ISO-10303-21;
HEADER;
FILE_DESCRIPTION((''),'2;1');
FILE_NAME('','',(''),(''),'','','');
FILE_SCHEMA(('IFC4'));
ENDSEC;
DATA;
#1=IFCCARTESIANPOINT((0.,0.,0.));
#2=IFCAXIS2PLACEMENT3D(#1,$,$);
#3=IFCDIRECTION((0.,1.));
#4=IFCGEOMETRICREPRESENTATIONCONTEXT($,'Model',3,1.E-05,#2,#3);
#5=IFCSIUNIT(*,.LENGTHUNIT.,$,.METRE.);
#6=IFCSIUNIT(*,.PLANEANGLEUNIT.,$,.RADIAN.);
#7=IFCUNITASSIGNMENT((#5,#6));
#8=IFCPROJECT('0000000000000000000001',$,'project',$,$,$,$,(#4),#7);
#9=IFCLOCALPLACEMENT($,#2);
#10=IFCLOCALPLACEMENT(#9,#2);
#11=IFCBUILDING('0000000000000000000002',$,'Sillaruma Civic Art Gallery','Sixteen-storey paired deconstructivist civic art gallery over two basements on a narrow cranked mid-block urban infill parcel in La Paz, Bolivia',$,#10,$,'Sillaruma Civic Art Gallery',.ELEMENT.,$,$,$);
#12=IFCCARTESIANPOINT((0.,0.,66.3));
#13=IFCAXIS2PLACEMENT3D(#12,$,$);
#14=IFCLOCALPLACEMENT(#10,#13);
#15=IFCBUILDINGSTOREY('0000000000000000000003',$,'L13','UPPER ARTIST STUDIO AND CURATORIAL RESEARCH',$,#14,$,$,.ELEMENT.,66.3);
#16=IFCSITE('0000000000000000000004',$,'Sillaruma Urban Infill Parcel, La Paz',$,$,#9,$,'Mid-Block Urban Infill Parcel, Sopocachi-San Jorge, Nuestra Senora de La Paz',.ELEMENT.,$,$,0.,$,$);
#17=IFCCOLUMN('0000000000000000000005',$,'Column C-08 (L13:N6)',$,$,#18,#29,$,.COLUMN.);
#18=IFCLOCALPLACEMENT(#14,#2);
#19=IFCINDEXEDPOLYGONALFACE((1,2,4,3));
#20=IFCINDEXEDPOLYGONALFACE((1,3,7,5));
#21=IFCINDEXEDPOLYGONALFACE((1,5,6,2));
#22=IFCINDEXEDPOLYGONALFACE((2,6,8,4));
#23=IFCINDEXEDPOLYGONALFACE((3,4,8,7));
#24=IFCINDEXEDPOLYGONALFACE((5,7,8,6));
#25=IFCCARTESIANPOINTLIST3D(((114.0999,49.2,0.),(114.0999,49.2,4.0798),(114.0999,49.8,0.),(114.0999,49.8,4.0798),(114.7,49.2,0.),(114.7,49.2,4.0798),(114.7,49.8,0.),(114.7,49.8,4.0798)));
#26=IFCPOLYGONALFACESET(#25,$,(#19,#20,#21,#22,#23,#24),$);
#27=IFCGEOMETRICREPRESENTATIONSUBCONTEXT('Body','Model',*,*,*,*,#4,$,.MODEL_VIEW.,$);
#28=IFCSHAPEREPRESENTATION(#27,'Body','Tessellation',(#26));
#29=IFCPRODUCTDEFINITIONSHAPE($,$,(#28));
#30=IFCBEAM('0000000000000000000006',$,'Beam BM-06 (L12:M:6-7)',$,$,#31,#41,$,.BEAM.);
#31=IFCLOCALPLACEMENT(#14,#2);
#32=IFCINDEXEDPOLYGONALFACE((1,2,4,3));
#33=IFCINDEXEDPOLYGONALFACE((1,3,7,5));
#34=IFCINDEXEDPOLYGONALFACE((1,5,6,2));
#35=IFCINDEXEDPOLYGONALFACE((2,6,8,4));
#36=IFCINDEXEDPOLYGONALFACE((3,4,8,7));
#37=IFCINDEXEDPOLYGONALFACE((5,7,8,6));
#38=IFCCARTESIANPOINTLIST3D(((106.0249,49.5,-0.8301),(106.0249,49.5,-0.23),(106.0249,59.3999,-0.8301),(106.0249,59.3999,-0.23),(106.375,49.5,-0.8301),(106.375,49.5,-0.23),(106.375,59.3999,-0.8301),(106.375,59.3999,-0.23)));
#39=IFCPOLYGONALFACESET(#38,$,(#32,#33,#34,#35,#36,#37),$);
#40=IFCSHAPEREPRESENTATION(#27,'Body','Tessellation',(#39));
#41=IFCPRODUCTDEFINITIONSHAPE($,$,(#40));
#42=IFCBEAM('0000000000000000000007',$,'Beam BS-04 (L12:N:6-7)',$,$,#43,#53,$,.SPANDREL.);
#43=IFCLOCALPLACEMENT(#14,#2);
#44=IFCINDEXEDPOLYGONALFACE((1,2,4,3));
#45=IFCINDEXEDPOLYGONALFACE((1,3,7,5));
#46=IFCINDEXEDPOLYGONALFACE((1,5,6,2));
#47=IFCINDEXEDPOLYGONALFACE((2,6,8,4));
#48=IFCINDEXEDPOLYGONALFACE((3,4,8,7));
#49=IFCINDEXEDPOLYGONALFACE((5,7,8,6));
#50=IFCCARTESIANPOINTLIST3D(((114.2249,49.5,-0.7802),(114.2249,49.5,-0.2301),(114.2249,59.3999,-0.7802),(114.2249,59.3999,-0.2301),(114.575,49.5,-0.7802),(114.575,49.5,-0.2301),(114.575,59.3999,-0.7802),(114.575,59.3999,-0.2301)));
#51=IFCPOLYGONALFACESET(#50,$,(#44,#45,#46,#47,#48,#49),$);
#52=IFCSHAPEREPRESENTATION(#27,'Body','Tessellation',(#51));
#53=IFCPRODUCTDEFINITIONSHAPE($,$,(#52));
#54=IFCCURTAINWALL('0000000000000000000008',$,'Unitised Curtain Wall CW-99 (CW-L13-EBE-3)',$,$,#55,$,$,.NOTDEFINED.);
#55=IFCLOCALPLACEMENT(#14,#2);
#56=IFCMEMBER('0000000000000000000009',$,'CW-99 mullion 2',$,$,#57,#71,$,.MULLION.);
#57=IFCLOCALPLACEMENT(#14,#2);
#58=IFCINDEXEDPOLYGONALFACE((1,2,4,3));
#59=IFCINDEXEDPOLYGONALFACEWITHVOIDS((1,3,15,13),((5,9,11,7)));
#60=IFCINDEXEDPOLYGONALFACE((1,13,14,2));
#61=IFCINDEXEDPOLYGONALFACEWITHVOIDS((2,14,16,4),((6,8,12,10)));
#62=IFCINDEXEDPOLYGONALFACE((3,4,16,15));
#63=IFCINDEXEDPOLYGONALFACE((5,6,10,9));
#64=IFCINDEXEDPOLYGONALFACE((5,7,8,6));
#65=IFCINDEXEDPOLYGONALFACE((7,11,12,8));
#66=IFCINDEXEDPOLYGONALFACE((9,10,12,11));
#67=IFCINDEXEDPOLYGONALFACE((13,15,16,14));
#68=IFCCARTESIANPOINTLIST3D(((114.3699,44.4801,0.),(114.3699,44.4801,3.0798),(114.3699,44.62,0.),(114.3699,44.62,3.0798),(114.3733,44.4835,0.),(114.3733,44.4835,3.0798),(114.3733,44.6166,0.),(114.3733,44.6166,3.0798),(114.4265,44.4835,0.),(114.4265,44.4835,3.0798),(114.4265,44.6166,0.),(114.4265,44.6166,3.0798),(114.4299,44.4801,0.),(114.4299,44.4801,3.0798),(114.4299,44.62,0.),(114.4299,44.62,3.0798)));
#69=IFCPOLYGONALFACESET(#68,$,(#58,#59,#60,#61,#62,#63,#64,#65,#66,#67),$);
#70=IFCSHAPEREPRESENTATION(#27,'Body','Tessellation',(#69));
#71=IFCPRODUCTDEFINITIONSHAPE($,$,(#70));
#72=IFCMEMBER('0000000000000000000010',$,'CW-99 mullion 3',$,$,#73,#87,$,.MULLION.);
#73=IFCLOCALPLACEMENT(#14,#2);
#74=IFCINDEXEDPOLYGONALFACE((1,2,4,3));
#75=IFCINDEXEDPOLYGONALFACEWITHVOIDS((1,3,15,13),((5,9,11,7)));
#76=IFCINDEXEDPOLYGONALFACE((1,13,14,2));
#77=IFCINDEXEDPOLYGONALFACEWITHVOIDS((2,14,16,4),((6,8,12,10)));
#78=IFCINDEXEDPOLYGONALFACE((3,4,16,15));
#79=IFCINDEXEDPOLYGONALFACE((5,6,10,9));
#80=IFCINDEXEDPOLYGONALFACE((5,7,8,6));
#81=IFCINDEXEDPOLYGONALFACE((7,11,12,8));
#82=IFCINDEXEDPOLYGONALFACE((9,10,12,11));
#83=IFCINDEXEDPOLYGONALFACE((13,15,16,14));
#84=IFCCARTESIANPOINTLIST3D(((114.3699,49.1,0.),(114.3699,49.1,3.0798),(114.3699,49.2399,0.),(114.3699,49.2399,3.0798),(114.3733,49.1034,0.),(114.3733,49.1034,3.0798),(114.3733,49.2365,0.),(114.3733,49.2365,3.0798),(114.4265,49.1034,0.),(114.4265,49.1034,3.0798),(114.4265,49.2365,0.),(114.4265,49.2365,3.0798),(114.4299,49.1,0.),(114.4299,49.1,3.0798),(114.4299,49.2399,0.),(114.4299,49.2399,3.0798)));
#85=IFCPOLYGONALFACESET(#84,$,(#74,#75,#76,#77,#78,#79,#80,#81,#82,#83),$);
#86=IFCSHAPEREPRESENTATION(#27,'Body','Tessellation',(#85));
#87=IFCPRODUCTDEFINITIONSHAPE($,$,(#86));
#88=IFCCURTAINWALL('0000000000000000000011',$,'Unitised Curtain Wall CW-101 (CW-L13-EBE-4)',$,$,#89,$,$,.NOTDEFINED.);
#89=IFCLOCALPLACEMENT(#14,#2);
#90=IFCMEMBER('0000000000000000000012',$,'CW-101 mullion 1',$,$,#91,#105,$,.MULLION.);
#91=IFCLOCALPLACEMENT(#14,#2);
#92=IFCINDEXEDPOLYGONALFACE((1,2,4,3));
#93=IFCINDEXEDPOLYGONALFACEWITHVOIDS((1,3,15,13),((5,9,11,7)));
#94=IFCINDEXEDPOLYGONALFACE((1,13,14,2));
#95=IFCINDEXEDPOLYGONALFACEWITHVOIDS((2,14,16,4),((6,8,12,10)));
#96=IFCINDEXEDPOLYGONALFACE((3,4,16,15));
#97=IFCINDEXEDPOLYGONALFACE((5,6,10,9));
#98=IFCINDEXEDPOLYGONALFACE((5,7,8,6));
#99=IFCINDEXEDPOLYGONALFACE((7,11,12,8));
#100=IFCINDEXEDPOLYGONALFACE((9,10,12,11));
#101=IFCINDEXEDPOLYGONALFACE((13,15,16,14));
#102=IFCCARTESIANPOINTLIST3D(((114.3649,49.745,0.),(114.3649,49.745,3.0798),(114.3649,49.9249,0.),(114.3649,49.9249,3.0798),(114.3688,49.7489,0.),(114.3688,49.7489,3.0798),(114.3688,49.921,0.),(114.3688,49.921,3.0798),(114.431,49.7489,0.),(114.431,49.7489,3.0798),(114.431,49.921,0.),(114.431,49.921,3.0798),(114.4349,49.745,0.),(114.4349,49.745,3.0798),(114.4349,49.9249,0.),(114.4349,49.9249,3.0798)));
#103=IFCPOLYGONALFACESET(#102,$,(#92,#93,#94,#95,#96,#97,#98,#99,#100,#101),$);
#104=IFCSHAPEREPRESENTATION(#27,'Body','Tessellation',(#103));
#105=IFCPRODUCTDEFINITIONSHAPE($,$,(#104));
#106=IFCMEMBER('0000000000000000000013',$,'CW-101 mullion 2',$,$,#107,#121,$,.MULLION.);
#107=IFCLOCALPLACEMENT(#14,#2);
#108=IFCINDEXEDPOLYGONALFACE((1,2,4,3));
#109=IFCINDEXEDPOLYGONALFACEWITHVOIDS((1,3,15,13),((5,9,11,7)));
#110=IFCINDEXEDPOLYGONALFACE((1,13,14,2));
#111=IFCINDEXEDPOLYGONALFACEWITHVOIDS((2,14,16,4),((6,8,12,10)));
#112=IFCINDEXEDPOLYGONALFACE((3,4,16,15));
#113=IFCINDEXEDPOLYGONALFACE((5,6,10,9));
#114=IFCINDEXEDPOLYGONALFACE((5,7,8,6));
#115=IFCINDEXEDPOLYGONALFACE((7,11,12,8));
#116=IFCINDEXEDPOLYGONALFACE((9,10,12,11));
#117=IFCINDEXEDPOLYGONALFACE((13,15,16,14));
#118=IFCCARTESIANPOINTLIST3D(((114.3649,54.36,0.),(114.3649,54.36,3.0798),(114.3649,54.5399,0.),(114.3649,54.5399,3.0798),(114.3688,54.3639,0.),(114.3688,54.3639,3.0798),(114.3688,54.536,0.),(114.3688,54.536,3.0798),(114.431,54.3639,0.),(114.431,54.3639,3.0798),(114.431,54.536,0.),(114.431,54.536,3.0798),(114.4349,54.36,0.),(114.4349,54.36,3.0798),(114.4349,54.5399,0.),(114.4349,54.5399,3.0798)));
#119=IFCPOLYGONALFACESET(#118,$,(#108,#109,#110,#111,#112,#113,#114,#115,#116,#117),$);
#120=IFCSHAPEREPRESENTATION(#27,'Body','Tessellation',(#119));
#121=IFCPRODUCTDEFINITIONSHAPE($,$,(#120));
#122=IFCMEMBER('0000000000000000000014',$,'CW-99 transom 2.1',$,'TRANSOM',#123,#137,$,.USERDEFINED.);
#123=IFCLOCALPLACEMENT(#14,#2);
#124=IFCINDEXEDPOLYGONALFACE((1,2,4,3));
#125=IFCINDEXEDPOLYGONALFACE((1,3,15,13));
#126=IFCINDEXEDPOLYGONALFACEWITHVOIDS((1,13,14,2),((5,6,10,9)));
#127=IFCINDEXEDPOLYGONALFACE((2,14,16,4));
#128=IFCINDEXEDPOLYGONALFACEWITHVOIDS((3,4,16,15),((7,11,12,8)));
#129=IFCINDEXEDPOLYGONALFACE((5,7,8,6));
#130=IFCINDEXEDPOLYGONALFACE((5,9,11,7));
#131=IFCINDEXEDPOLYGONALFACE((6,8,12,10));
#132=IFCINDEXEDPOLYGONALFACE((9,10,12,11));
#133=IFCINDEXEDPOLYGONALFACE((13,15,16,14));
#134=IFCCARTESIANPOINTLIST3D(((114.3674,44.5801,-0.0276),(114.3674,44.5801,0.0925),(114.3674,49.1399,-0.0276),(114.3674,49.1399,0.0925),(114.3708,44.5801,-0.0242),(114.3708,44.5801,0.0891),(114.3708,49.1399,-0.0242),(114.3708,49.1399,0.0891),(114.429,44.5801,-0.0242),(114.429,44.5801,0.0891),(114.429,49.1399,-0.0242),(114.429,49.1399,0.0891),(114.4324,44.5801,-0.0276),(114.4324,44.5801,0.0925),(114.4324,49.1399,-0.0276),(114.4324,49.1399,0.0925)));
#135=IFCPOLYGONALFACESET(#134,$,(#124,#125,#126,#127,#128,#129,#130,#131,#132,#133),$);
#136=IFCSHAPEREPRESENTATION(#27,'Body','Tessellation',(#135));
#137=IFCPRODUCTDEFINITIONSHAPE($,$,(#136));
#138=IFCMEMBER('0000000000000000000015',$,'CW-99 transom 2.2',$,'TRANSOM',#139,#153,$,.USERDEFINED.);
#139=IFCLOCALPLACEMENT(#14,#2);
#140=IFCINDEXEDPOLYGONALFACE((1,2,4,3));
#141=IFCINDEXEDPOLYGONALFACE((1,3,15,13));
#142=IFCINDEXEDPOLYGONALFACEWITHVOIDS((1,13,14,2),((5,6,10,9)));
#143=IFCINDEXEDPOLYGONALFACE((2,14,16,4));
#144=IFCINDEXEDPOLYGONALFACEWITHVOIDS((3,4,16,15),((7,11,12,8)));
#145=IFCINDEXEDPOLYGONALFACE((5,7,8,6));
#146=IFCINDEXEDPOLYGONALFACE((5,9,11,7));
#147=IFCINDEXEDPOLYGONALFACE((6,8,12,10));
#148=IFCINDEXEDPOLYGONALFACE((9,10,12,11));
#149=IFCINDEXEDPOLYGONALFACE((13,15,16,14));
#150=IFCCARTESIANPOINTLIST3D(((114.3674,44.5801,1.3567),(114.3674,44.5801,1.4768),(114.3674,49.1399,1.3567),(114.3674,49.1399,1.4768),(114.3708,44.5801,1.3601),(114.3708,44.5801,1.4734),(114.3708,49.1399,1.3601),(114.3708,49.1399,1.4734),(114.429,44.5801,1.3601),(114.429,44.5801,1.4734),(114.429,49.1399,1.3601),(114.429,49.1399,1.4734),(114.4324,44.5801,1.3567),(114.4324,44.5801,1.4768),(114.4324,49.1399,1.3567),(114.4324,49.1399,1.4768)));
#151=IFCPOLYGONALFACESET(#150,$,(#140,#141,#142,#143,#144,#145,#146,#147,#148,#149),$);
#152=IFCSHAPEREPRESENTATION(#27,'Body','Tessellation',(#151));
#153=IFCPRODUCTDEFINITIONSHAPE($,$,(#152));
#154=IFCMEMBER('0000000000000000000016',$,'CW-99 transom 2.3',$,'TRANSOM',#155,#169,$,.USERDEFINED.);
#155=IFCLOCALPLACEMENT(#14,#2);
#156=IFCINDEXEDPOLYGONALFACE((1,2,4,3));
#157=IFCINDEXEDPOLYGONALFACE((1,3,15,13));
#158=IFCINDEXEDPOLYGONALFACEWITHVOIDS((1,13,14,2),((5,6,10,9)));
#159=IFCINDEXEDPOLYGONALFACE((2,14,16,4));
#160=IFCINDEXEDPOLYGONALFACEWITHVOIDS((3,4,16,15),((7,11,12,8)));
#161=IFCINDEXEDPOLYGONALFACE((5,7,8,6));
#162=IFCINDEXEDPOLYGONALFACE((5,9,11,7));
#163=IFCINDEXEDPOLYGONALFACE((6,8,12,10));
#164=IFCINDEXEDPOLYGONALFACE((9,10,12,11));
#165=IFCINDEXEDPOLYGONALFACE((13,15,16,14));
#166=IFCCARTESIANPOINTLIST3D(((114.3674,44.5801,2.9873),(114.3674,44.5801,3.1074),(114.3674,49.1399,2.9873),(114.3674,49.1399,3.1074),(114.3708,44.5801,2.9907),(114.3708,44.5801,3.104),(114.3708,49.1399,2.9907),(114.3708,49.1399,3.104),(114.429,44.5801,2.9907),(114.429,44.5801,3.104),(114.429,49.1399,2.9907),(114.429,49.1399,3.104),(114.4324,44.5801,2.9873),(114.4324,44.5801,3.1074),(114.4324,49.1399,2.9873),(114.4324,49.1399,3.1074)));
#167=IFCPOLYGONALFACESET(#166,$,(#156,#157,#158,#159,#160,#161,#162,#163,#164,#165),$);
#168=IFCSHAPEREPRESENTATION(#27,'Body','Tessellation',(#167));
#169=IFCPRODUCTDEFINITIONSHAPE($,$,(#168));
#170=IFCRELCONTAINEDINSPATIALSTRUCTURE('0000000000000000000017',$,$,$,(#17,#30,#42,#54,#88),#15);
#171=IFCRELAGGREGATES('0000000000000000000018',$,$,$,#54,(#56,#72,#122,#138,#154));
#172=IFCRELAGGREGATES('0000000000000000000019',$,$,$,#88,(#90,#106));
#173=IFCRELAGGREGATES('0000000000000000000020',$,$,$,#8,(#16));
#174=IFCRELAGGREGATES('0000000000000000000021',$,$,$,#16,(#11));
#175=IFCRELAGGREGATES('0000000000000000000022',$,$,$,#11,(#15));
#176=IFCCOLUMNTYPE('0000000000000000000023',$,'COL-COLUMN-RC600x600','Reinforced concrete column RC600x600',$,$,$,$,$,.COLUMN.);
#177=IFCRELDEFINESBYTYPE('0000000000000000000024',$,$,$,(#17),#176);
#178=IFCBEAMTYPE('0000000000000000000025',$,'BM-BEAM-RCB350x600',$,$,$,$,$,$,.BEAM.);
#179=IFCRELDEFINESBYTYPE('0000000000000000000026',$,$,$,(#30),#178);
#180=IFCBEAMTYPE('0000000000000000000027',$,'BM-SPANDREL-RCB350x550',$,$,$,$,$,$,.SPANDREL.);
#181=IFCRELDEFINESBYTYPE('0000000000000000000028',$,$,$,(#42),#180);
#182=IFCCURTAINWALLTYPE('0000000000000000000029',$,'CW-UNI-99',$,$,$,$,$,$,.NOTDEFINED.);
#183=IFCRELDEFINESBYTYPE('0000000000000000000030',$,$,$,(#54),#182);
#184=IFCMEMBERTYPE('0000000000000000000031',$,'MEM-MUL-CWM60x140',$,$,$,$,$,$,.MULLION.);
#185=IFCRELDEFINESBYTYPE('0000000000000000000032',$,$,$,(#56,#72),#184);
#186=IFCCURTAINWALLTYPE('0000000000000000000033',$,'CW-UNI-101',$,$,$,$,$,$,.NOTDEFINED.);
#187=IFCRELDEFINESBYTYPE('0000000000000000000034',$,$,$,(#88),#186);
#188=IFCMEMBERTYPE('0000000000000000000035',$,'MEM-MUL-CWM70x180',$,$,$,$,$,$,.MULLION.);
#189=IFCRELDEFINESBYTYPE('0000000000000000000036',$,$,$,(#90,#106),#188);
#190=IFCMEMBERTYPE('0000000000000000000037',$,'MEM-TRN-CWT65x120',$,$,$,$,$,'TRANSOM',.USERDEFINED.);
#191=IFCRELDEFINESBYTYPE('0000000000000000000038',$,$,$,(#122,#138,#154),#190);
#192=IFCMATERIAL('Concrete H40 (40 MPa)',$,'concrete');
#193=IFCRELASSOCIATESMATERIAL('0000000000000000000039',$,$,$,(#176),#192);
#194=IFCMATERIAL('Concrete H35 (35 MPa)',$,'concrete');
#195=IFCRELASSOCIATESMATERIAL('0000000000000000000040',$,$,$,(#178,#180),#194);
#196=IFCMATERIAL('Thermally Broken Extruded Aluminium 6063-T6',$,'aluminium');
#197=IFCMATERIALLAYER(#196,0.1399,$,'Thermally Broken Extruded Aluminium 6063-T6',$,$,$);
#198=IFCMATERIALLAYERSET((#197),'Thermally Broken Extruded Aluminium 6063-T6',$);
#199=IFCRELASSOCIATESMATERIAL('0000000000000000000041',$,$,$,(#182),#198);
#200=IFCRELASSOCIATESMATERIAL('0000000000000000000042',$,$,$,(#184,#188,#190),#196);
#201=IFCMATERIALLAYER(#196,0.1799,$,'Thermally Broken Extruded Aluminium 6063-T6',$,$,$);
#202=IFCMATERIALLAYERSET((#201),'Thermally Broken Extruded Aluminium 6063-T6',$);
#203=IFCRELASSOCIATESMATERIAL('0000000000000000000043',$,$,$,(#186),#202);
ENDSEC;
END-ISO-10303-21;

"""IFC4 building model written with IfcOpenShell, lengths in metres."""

from ifc_helpers import new_model, si_unit, direction, frame, origin, origin_2d, place, context, subcontext, project, spatial, rectangle, hollow_rectangle, extrude, material, layer, layer_set, material_profile, profile_set, type_object, element, aggregate, save


model = new_model("IFC4")

# Units and contexts
model_context = context("Model", 3, precision=1e-05, world=origin(), true_north=direction((0.0, 1.0)))
body_context = subcontext(model_context, "Body", "Model", "MODEL_VIEW")
ifc_project = project(units=[si_unit("LENGTHUNIT", "METRE"), si_unit("PLANEANGLEUNIT", "RADIAN")], contexts=[model_context])

# Site, building, storey
site_placement = place(None, origin())
site = spatial("IfcSite", under=ifc_project, at=site_placement, Name="Sillaruma Urban Infill Parcel, La Paz", LongName="Mid-Block Urban Infill Parcel, Sopocachi-San Jorge, Nuestra Senora de La Paz", CompositionType="ELEMENT", RefElevation=0.0)
building_placement = place(site_placement, origin())
building = spatial("IfcBuilding", under=site, at=building_placement, Name="Sillaruma Civic Art Gallery", Description="Sixteen-storey paired deconstructivist civic art gallery over two basements on a narrow cranked mid-block urban infill parcel in La Paz, Bolivia", LongName="Sillaruma Civic Art Gallery", CompositionType="ELEMENT")
storey_placement = place(building_placement, frame((0.0, 0.0, 66.3)))
storey = spatial("IfcBuildingStorey", under=building, at=storey_placement, Name="L13", Description="UPPER ARTIST STUDIO AND CURATORIAL RESEARCH", CompositionType="ELEMENT", Elevation=66.3)

# Column
ifc_material_1 = material(Name="Concrete H40 (40 MPa)", Category="concrete")
ifc_material_profile_1 = material_profile(ifc_material_1, rectangle(XDim=0.6001, YDim=0.6001, at=origin_2d()), Name="RC600x600")
ifc_profile_set_1 = profile_set([ifc_material_profile_1], Name="Concrete H40 (40 MPa)")
column_type = type_object("IfcColumnType", Name="COL-COLUMN-RC600x600", Description="Reinforced concrete column RC600x600", PredefinedType="COLUMN", material=ifc_profile_set_1)
column_placement = place(storey_placement, frame((114.3999, 49.5, 0.0), z_axis=(0.0, 0.0, 1.0), x_axis=(1.0, 0.0, 0.0)))
element("IfcColumn", 1, at=column_placement, inside=storey, type_object=column_type, Name="Column C-08 (L13:N6)", PredefinedType="COLUMN", context=body_context, shape_type="SweptSolid", body=[
    extrude(rectangle(XDim=0.6001, YDim=0.6001, at=origin_2d()), origin(), (0.0, 0.0, 1.0), 4.0798),
])

# Beams
ifc_material_2 = material(Name="Concrete H35 (35 MPa)", Category="concrete")
ifc_material_profile_2 = material_profile(ifc_material_2, rectangle(XDim=0.3501, YDim=0.6001, at=origin_2d()), Name="RCB350x600")
ifc_profile_set_2 = profile_set([ifc_material_profile_2], Name="Concrete H35 (35 MPa)")
beam_type_1 = type_object("IfcBeamType", Name="BM-BEAM-RCB350x600", PredefinedType="BEAM", material=ifc_profile_set_2)
beam_1_placement = place(storey_placement, frame((106.2, 49.5, -0.53), z_axis=(0.0, 1.0, 0.0), x_axis=(-1.0, 0.0, 0.0)))
element("IfcBeam", 2, at=beam_1_placement, inside=storey, type_object=beam_type_1, Name="Beam BM-06 (L12:M:6-7)", PredefinedType="BEAM", context=body_context, shape_type="SweptSolid", body=[
    extrude(rectangle(XDim=0.3501, YDim=0.6001, at=origin_2d()), origin(), (0.0, 0.0, 1.0), 9.8999),
])
ifc_material_profile_3 = material_profile(ifc_material_2, rectangle(XDim=0.3501, YDim=0.55, at=origin_2d()), Name="RCB350x550")
ifc_profile_set_3 = profile_set([ifc_material_profile_3], Name="Concrete H35 (35 MPa)")
beam_type_2 = type_object("IfcBeamType", Name="BM-SPANDREL-RCB350x550", PredefinedType="SPANDREL", material=ifc_profile_set_3)
beam_2_placement = place(storey_placement, frame((114.3999, 49.5, -0.5051), z_axis=(0.0, 1.0, 0.0), x_axis=(-1.0, 0.0, 0.0)))
element("IfcBeam", 3, at=beam_2_placement, inside=storey, type_object=beam_type_2, Name="Beam BS-04 (L12:N:6-7)", PredefinedType="SPANDREL", context=body_context, shape_type="SweptSolid", body=[
    extrude(rectangle(XDim=0.3501, YDim=0.55, at=origin_2d()), origin(), (0.0, 0.0, 1.0), 9.8999),
])

# Curtain walls, members
ifc_material_3 = material(Name="Thermally Broken Extruded Aluminium 6063-T6", Category="aluminium")
ifc_layer_1 = layer(ifc_material_3, 0.1399, Name="Thermally Broken Extruded Aluminium 6063-T6")
ifc_layer_set_1 = layer_set([ifc_layer_1], Name="Thermally Broken Extruded Aluminium 6063-T6")
curtain_wall_type_1 = type_object("IfcCurtainWallType", Name="CW-UNI-99", PredefinedType="NOTDEFINED", material=ifc_layer_set_1)
curtain_wall_1_placement = place(storey_placement, origin())
curtain_wall_1 = element("IfcCurtainWall", 4, at=curtain_wall_1_placement, inside=storey, type_object=curtain_wall_type_1, Name="Unitised Curtain Wall CW-99 (CW-L13-EBE-3)", PredefinedType="NOTDEFINED")
ifc_material_profile_4 = material_profile(ifc_material_3, hollow_rectangle(XDim=0.0601, YDim=0.1399, WallThickness=0.0034, at=origin_2d()), Name="CWM60x140")
ifc_profile_set_4 = profile_set([ifc_material_profile_4], Name="Thermally Broken Extruded Aluminium 6063-T6")
member_type_1 = type_object("IfcMemberType", Name="MEM-MUL-CWM60x140", PredefinedType="MULLION", material=ifc_profile_set_4)
member_1_placement = place(storey_placement, frame((114.3999, 44.55, 0.0), z_axis=(0.0, 0.0, 1.0), x_axis=(-1.0, 0.0, 0.0)))
member_1 = element("IfcMember", 5, at=member_1_placement, type_object=member_type_1, Name="CW-99 mullion 2", PredefinedType="MULLION", context=body_context, shape_type="SweptSolid", body=[
    extrude(hollow_rectangle(XDim=0.0601, YDim=0.1399, WallThickness=0.0034, at=origin_2d()), origin(), (0.0, 0.0, 1.0), 3.0798),
])
member_2_placement = place(storey_placement, frame((114.3999, 49.1699, 0.0), z_axis=(0.0, 0.0, 1.0), x_axis=(-1.0, 0.0, 0.0)))
member_2 = element("IfcMember", 6, at=member_2_placement, type_object=member_type_1, Name="CW-99 mullion 3", PredefinedType="MULLION", context=body_context, shape_type="SweptSolid", body=[
    extrude(hollow_rectangle(XDim=0.0601, YDim=0.1399, WallThickness=0.0034, at=origin_2d()), origin(), (0.0, 0.0, 1.0), 3.0798),
])
ifc_layer_2 = layer(ifc_material_3, 0.1799, Name="Thermally Broken Extruded Aluminium 6063-T6")
ifc_layer_set_2 = layer_set([ifc_layer_2], Name="Thermally Broken Extruded Aluminium 6063-T6")
curtain_wall_type_2 = type_object("IfcCurtainWallType", Name="CW-UNI-101", PredefinedType="NOTDEFINED", material=ifc_layer_set_2)
curtain_wall_2_placement = place(storey_placement, origin())
curtain_wall_2 = element("IfcCurtainWall", 7, at=curtain_wall_2_placement, inside=storey, type_object=curtain_wall_type_2, Name="Unitised Curtain Wall CW-101 (CW-L13-EBE-4)", PredefinedType="NOTDEFINED")
ifc_material_profile_5 = material_profile(ifc_material_3, hollow_rectangle(XDim=0.0701, YDim=0.1799, WallThickness=0.0039, at=origin_2d()), Name="CWM70x180")
ifc_profile_set_5 = profile_set([ifc_material_profile_5], Name="Thermally Broken Extruded Aluminium 6063-T6")
member_type_2 = type_object("IfcMemberType", Name="MEM-MUL-CWM70x180", PredefinedType="MULLION", material=ifc_profile_set_5)
member_3_placement = place(storey_placement, frame((114.3999, 49.835, 0.0), z_axis=(0.0, 0.0, 1.0), x_axis=(-1.0, 0.0, 0.0)))
member_3 = element("IfcMember", 8, at=member_3_placement, type_object=member_type_2, Name="CW-101 mullion 1", PredefinedType="MULLION", context=body_context, shape_type="SweptSolid", body=[
    extrude(hollow_rectangle(XDim=0.0701, YDim=0.1799, WallThickness=0.0039, at=origin_2d()), origin(), (0.0, 0.0, 1.0), 3.0798),
])
member_4_placement = place(storey_placement, frame((114.3999, 54.45, 0.0), z_axis=(0.0, 0.0, 1.0), x_axis=(-1.0, 0.0, 0.0)))
member_4 = element("IfcMember", 9, at=member_4_placement, type_object=member_type_2, Name="CW-101 mullion 2", PredefinedType="MULLION", context=body_context, shape_type="SweptSolid", body=[
    extrude(hollow_rectangle(XDim=0.0701, YDim=0.1799, WallThickness=0.0039, at=origin_2d()), origin(), (0.0, 0.0, 1.0), 3.0798),
])

# Members
ifc_material_profile_6 = material_profile(ifc_material_3, hollow_rectangle(XDim=0.0649, YDim=0.1201, WallThickness=0.0034, at=origin_2d()), Name="CWT65x120")
ifc_profile_set_6 = profile_set([ifc_material_profile_6], Name="Thermally Broken Extruded Aluminium 6063-T6")
member_type_3 = type_object("IfcMemberType", Name="MEM-TRN-CWT65x120", ElementType="TRANSOM", PredefinedType="USERDEFINED", material=ifc_profile_set_6)
member_5_placement = place(storey_placement, frame((114.3999, 44.5801, 0.0325), z_axis=(0.0, 1.0, 0.0), x_axis=(-1.0, 0.0, 0.0)))
member_5 = element("IfcMember", 10, at=member_5_placement, type_object=member_type_3, Name="CW-99 transom 2.1", ObjectType="TRANSOM", PredefinedType="USERDEFINED", context=body_context, shape_type="SweptSolid", body=[
    extrude(hollow_rectangle(XDim=0.0649, YDim=0.1201, WallThickness=0.0034, at=origin_2d()), origin(), (0.0, 0.0, 1.0), 4.5598),
])
member_6_placement = place(storey_placement, frame((114.3999, 44.5801, 1.4167), z_axis=(0.0, 1.0, 0.0), x_axis=(-1.0, 0.0, 0.0)))
member_6 = element("IfcMember", 11, at=member_6_placement, type_object=member_type_3, Name="CW-99 transom 2.2", ObjectType="TRANSOM", PredefinedType="USERDEFINED", context=body_context, shape_type="SweptSolid", body=[
    extrude(hollow_rectangle(XDim=0.0649, YDim=0.1201, WallThickness=0.0034, at=origin_2d()), origin(), (0.0, 0.0, 1.0), 4.5598),
])
member_7_placement = place(storey_placement, frame((114.3999, 44.5801, 3.0474), z_axis=(0.0, 1.0, 0.0), x_axis=(-1.0, 0.0, 0.0)))
member_7 = element("IfcMember", 12, at=member_7_placement, type_object=member_type_3, Name="CW-99 transom 2.3", ObjectType="TRANSOM", PredefinedType="USERDEFINED", context=body_context, shape_type="SweptSolid", body=[
    extrude(hollow_rectangle(XDim=0.0649, YDim=0.1201, WallThickness=0.0034, at=origin_2d()), origin(), (0.0, 0.0, 1.0), 4.5598),
])

aggregate(curtain_wall_1, [member_1, member_2, member_5, member_6, member_7])
aggregate(curtain_wall_2, [member_3, member_4])

save(model, "model.ifc")
